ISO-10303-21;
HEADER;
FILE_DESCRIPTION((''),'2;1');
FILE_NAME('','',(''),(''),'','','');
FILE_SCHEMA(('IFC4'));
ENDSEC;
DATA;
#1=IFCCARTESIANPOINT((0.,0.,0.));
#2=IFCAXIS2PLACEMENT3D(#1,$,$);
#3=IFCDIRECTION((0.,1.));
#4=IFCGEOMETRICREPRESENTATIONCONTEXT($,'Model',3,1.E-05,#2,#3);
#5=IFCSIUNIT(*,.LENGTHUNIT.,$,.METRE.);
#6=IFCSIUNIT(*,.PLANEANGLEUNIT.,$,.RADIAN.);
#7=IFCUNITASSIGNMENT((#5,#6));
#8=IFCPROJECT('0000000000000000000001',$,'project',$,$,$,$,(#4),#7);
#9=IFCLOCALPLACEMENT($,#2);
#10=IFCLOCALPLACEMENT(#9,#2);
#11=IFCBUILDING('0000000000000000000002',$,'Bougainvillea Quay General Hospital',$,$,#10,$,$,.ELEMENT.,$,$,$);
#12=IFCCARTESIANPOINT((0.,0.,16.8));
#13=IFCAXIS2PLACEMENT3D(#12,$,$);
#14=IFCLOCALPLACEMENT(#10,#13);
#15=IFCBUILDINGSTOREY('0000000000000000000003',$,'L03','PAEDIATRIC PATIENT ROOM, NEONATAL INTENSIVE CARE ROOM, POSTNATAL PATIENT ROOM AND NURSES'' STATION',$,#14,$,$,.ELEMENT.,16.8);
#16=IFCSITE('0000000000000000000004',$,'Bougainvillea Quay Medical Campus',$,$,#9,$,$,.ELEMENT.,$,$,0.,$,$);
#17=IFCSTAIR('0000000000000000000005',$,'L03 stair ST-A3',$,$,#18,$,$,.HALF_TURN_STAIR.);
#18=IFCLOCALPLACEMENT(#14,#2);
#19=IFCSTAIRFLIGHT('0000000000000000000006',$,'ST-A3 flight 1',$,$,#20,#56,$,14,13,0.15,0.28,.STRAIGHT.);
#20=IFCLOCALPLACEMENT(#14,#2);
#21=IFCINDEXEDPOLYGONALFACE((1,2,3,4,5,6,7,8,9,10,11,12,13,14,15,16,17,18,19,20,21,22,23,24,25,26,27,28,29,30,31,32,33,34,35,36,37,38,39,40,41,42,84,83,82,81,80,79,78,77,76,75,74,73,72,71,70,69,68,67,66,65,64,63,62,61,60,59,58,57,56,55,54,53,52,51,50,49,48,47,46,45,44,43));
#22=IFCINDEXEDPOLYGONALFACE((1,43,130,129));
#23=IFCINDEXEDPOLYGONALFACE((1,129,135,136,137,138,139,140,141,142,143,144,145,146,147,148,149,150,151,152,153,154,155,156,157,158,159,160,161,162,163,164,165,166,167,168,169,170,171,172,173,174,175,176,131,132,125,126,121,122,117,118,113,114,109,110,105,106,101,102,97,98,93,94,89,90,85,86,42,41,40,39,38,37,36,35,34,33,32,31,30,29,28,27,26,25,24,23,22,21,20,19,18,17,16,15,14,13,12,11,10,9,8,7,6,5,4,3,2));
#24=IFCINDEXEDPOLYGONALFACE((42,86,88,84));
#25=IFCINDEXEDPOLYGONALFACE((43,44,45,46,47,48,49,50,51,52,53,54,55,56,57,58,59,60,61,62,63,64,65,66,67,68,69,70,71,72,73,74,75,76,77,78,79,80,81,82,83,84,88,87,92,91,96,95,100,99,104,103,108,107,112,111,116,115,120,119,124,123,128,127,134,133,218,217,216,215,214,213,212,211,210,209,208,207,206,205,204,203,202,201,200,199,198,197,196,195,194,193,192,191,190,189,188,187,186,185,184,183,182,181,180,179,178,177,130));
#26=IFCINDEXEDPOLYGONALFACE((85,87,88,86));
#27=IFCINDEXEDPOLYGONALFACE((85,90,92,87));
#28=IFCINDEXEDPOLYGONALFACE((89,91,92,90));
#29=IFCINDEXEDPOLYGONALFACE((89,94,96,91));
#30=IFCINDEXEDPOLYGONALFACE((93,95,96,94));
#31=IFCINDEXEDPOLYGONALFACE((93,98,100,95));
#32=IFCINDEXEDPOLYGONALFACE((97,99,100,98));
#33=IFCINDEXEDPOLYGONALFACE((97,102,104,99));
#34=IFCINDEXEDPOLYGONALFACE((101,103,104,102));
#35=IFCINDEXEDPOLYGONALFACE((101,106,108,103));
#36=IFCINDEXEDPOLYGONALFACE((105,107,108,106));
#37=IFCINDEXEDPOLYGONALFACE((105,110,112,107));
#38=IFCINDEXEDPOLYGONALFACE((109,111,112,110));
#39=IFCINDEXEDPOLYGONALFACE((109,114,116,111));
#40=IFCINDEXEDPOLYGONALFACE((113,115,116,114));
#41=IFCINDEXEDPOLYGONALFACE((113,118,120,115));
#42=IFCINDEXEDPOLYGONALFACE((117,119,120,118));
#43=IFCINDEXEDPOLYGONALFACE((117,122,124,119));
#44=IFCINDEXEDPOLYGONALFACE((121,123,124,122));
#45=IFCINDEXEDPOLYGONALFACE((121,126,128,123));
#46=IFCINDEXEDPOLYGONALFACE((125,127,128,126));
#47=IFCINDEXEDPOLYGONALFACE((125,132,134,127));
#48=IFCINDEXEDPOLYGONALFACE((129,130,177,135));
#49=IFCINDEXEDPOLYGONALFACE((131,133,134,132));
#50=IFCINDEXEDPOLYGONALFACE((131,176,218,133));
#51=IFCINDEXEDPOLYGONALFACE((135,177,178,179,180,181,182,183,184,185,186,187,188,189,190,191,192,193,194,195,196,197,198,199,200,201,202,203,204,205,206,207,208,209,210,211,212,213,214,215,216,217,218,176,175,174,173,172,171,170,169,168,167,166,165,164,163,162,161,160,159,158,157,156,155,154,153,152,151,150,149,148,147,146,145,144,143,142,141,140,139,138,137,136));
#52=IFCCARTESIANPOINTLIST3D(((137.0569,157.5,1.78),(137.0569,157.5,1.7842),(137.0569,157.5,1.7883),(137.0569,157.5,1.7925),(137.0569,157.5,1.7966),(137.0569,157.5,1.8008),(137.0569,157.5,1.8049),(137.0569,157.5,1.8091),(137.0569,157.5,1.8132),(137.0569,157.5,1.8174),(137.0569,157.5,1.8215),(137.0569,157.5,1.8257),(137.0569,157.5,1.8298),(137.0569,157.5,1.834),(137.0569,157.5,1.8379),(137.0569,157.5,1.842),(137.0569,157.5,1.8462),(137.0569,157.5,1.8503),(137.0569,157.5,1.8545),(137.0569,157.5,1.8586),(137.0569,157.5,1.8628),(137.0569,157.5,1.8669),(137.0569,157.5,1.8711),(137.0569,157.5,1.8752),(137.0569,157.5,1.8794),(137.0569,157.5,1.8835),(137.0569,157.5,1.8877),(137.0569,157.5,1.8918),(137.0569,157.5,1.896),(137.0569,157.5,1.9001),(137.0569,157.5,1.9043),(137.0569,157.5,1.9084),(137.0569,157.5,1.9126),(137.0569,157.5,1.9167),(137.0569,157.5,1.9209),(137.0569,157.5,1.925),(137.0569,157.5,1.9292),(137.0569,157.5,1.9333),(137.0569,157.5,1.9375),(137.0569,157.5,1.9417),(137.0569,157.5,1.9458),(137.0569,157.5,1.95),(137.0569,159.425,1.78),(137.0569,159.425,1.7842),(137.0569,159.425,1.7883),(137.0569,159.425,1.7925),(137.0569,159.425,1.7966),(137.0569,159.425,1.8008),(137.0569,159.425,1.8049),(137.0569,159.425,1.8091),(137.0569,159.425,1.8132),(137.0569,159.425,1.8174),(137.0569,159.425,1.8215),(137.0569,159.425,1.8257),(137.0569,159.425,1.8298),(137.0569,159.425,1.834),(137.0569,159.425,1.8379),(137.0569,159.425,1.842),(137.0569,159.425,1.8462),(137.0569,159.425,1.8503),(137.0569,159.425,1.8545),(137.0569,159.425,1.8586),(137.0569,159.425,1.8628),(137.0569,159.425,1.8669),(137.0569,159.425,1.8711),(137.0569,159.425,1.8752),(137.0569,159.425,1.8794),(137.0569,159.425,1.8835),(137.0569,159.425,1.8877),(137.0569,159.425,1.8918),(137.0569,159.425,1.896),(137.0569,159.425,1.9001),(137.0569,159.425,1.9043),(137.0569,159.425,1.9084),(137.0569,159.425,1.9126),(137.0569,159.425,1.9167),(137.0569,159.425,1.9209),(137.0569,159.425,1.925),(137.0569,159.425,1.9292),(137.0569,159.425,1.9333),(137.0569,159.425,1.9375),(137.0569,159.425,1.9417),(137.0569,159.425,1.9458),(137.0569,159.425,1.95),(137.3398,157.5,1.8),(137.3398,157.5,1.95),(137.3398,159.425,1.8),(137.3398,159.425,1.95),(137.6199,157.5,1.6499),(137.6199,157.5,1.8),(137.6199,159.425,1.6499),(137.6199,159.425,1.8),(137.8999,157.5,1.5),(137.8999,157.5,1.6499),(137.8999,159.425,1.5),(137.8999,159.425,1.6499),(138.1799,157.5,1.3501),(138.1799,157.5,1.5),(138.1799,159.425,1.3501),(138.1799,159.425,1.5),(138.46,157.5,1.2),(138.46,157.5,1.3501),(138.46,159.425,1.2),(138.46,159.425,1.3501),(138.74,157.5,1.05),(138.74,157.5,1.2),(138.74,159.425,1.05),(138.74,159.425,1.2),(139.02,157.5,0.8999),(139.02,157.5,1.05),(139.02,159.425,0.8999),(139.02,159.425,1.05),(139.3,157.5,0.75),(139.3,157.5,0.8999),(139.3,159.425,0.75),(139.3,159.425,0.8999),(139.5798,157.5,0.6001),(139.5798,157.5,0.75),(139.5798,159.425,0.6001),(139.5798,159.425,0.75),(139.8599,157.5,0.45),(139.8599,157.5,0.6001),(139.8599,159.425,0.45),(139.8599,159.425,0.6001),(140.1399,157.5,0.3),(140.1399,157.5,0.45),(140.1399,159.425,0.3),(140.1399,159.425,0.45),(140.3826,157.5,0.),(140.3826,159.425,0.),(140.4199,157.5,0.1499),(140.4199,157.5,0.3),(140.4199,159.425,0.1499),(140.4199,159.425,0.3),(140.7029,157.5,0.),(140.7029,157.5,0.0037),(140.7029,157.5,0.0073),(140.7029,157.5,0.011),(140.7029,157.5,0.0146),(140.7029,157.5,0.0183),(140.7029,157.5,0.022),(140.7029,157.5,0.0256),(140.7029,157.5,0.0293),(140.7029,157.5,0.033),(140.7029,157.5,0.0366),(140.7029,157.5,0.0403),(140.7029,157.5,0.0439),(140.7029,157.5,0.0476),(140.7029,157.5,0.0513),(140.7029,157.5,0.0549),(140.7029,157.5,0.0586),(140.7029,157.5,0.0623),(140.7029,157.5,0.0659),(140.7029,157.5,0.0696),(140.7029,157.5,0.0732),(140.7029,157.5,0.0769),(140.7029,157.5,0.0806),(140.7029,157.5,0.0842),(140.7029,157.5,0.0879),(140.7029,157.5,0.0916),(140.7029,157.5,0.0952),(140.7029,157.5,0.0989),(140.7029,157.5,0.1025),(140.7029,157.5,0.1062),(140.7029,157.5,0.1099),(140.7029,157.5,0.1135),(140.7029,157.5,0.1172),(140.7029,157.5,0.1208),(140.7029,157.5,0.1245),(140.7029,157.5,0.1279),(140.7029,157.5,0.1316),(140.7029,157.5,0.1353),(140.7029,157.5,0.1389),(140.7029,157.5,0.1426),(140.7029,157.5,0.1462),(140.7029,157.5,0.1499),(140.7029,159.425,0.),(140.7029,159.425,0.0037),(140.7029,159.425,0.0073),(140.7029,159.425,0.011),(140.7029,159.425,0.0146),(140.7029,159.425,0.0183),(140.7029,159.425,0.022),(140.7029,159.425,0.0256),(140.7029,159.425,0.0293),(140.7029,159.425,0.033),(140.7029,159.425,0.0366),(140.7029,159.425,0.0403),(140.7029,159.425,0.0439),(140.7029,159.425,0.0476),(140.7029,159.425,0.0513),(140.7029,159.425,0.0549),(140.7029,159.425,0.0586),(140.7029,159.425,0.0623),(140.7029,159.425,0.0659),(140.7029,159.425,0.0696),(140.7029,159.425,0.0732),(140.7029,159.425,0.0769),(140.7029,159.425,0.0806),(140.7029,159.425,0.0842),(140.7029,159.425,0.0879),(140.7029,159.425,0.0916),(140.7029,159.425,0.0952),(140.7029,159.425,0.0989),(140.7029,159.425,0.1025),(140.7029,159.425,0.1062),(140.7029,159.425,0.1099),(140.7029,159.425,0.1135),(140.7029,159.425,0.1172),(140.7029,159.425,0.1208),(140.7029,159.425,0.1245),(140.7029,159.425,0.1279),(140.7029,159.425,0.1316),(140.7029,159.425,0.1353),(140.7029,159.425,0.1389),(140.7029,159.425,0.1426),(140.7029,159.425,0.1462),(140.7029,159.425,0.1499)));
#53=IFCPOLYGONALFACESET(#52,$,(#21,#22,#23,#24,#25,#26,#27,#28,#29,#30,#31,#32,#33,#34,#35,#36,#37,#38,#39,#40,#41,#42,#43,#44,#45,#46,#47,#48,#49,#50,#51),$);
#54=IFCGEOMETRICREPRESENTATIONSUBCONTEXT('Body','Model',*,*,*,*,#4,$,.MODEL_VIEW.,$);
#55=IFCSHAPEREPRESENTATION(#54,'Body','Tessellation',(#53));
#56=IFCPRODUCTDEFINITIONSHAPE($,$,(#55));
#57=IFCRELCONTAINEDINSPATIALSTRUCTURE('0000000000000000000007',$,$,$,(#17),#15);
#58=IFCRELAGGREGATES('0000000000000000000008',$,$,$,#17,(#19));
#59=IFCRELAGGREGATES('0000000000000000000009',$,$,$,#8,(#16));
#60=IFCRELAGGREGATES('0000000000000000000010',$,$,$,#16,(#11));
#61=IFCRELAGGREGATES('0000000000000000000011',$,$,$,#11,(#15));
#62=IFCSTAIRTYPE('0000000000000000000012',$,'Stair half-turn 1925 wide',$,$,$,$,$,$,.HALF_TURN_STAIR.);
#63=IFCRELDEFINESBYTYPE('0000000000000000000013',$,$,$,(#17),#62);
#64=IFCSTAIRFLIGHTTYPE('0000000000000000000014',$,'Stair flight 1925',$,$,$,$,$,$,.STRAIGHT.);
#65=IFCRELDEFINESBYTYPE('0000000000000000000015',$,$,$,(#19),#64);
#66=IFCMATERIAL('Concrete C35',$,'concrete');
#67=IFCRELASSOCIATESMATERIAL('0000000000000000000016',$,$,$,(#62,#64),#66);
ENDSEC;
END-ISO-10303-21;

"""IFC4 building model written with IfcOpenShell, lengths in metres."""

from ifc_helpers import new_model, si_unit, direction, frame, origin, place, context, subcontext, project, spatial, polyline, outline, extrude, material, type_object, element, aggregate, save


model = new_model("IFC4")

# Units and contexts
model_context = context("Model", 3, precision=1e-05, world=origin(), true_north=direction((0.0, 1.0)))
body_context = subcontext(model_context, "Body", "Model", "MODEL_VIEW")
ifc_project = project(units=[si_unit("LENGTHUNIT", "METRE"), si_unit("PLANEANGLEUNIT", "RADIAN")], contexts=[model_context])

# Site, building, storey
site_placement = place(None, origin())
site = spatial("IfcSite", under=ifc_project, at=site_placement, Name="Bougainvillea Quay Medical Campus", CompositionType="ELEMENT", RefElevation=0.0)
building_placement = place(site_placement, origin())
building = spatial("IfcBuilding", under=site, at=building_placement, Name="Bougainvillea Quay General Hospital", CompositionType="ELEMENT")
storey_placement = place(building_placement, frame((0.0, 0.0, 16.8)))
storey = spatial("IfcBuildingStorey", under=building, at=storey_placement, Name="L03", Description="PAEDIATRIC PATIENT ROOM, NEONATAL INTENSIVE CARE ROOM, POSTNATAL PATIENT ROOM AND NURSES' STATION", CompositionType="ELEMENT", Elevation=16.8)

# Stair, stair flight
ifc_material_1 = material(Name="Concrete C35", Category="concrete")
stair_type = type_object("IfcStairType", Name="Stair half-turn 1925 wide", PredefinedType="HALF_TURN_STAIR", material=ifc_material_1)
stair_placement = place(storey_placement, origin())
stair = element("IfcStair", 1, at=stair_placement, inside=storey, type_object=stair_type, Name="L03 stair ST-A3", PredefinedType="HALF_TURN_STAIR")
stair_flight_type = type_object("IfcStairFlightType", Name="Stair flight 1925", PredefinedType="STRAIGHT", material=ifc_material_1)
stair_flight_1_placement = place(storey_placement, frame((140.7, 158.4624, 0.0), z_axis=(0.0, 0.0, 1.0), x_axis=(-1.0, 0.0, 0.0)))
stair_flight_1 = element("IfcStairFlight", 2, at=stair_flight_1_placement, type_object=stair_flight_type, Name="ST-A3 flight 1", NumberOfRisers=14, NumberOfTreads=13, PredefinedType="STRAIGHT", RiserHeight=0.15, TreadLength=0.28, context=body_context, shape_type="SweptSolid", body=[
    extrude(outline(polyline([(-0.0029, 0.0), (-0.0029, 0.0037), (-0.0029, 0.0073), (-0.0029, 0.011), (-0.0029, 0.0146), (-0.0029, 0.0183), (-0.0029, 0.022), (-0.0029, 0.0256), (-0.0029, 0.0293), (-0.0029, 0.033), (-0.0029, 0.0366), (-0.0029, 0.0403), (-0.0029, 0.0439), (-0.0029, 0.0476), (-0.0029, 0.0513), (-0.0029, 0.0549), (-0.0029, 0.0586), (-0.0029, 0.0623), (-0.0029, 0.0659), (-0.0029, 0.0696), (-0.0029, 0.0732), (-0.0029, 0.0769), (-0.0029, 0.0806), (-0.0029, 0.0842), (-0.0029, 0.0879), (-0.0029, 0.0916), (-0.0029, 0.0952), (-0.0029, 0.0989), (-0.0029, 0.1025), (-0.0029, 0.1062), (-0.0029, 0.1099), (-0.0029, 0.1135), (-0.0029, 0.1172), (-0.0029, 0.1208), (-0.0029, 0.1245), (-0.0029, 0.1279), (-0.0029, 0.1316), (-0.0029, 0.1353), (-0.0029, 0.1389), (-0.0029, 0.1426), (-0.0029, 0.1462), (-0.0029, 0.1499), (0.28, 0.1499), (0.28, 0.3), (0.5601, 0.3), (0.5601, 0.45), (0.8401, 0.45), (0.8401, 0.6001), (1.1201, 0.6001), (1.1201, 0.75), (1.3999, 0.75), (1.3999, 0.8999), (1.6799, 0.8999), (1.6799, 1.05), (1.96, 1.05), (1.96, 1.2), (2.24, 1.2), (2.24, 1.3501), (2.52, 1.3501), (2.52, 1.5), (2.8, 1.5), (2.8, 1.6499), (3.0801, 1.6499), (3.0801, 1.8), (3.3601, 1.8), (3.3601, 1.95), (3.6431, 1.95), (3.6431, 1.9458), (3.6431, 1.9417), (3.6431, 1.9375), (3.6431, 1.9333), (3.6431, 1.9292), (3.6431, 1.925), (3.6431, 1.9209), (3.6431, 1.9167), (3.6431, 1.9126), (3.6431, 1.9084), (3.6431, 1.9043), (3.6431, 1.9001), (3.6431, 1.896), (3.6431, 1.8918), (3.6431, 1.8877), (3.6431, 1.8835), (3.6431, 1.8794), (3.6431, 1.8752), (3.6431, 1.8711), (3.6431, 1.8669), (3.6431, 1.8628), (3.6431, 1.8586), (3.6431, 1.8545), (3.6431, 1.8503), (3.6431, 1.8462), (3.6431, 1.842), (3.6431, 1.8379), (3.6431, 1.834), (3.6431, 1.8298), (3.6431, 1.8257), (3.6431, 1.8215), (3.6431, 1.8174), (3.6431, 1.8132), (3.6431, 1.8091), (3.6431, 1.8049), (3.6431, 1.8008), (3.6431, 1.7966), (3.6431, 1.7925), (3.6431, 1.7883), (3.6431, 1.7842), (3.6431, 1.78), (0.3174, 0.0), (-0.0029, 0.0)])), frame((0.0, 0.9624, 0.0), z_axis=(0.0, -1.0, 0.0), x_axis=(1.0, 0.0, 0.0)), (0.0, 0.0, 1.0), 1.925),
])
aggregate(stair, [stair_flight_1])

save(model, "model.ifc")
